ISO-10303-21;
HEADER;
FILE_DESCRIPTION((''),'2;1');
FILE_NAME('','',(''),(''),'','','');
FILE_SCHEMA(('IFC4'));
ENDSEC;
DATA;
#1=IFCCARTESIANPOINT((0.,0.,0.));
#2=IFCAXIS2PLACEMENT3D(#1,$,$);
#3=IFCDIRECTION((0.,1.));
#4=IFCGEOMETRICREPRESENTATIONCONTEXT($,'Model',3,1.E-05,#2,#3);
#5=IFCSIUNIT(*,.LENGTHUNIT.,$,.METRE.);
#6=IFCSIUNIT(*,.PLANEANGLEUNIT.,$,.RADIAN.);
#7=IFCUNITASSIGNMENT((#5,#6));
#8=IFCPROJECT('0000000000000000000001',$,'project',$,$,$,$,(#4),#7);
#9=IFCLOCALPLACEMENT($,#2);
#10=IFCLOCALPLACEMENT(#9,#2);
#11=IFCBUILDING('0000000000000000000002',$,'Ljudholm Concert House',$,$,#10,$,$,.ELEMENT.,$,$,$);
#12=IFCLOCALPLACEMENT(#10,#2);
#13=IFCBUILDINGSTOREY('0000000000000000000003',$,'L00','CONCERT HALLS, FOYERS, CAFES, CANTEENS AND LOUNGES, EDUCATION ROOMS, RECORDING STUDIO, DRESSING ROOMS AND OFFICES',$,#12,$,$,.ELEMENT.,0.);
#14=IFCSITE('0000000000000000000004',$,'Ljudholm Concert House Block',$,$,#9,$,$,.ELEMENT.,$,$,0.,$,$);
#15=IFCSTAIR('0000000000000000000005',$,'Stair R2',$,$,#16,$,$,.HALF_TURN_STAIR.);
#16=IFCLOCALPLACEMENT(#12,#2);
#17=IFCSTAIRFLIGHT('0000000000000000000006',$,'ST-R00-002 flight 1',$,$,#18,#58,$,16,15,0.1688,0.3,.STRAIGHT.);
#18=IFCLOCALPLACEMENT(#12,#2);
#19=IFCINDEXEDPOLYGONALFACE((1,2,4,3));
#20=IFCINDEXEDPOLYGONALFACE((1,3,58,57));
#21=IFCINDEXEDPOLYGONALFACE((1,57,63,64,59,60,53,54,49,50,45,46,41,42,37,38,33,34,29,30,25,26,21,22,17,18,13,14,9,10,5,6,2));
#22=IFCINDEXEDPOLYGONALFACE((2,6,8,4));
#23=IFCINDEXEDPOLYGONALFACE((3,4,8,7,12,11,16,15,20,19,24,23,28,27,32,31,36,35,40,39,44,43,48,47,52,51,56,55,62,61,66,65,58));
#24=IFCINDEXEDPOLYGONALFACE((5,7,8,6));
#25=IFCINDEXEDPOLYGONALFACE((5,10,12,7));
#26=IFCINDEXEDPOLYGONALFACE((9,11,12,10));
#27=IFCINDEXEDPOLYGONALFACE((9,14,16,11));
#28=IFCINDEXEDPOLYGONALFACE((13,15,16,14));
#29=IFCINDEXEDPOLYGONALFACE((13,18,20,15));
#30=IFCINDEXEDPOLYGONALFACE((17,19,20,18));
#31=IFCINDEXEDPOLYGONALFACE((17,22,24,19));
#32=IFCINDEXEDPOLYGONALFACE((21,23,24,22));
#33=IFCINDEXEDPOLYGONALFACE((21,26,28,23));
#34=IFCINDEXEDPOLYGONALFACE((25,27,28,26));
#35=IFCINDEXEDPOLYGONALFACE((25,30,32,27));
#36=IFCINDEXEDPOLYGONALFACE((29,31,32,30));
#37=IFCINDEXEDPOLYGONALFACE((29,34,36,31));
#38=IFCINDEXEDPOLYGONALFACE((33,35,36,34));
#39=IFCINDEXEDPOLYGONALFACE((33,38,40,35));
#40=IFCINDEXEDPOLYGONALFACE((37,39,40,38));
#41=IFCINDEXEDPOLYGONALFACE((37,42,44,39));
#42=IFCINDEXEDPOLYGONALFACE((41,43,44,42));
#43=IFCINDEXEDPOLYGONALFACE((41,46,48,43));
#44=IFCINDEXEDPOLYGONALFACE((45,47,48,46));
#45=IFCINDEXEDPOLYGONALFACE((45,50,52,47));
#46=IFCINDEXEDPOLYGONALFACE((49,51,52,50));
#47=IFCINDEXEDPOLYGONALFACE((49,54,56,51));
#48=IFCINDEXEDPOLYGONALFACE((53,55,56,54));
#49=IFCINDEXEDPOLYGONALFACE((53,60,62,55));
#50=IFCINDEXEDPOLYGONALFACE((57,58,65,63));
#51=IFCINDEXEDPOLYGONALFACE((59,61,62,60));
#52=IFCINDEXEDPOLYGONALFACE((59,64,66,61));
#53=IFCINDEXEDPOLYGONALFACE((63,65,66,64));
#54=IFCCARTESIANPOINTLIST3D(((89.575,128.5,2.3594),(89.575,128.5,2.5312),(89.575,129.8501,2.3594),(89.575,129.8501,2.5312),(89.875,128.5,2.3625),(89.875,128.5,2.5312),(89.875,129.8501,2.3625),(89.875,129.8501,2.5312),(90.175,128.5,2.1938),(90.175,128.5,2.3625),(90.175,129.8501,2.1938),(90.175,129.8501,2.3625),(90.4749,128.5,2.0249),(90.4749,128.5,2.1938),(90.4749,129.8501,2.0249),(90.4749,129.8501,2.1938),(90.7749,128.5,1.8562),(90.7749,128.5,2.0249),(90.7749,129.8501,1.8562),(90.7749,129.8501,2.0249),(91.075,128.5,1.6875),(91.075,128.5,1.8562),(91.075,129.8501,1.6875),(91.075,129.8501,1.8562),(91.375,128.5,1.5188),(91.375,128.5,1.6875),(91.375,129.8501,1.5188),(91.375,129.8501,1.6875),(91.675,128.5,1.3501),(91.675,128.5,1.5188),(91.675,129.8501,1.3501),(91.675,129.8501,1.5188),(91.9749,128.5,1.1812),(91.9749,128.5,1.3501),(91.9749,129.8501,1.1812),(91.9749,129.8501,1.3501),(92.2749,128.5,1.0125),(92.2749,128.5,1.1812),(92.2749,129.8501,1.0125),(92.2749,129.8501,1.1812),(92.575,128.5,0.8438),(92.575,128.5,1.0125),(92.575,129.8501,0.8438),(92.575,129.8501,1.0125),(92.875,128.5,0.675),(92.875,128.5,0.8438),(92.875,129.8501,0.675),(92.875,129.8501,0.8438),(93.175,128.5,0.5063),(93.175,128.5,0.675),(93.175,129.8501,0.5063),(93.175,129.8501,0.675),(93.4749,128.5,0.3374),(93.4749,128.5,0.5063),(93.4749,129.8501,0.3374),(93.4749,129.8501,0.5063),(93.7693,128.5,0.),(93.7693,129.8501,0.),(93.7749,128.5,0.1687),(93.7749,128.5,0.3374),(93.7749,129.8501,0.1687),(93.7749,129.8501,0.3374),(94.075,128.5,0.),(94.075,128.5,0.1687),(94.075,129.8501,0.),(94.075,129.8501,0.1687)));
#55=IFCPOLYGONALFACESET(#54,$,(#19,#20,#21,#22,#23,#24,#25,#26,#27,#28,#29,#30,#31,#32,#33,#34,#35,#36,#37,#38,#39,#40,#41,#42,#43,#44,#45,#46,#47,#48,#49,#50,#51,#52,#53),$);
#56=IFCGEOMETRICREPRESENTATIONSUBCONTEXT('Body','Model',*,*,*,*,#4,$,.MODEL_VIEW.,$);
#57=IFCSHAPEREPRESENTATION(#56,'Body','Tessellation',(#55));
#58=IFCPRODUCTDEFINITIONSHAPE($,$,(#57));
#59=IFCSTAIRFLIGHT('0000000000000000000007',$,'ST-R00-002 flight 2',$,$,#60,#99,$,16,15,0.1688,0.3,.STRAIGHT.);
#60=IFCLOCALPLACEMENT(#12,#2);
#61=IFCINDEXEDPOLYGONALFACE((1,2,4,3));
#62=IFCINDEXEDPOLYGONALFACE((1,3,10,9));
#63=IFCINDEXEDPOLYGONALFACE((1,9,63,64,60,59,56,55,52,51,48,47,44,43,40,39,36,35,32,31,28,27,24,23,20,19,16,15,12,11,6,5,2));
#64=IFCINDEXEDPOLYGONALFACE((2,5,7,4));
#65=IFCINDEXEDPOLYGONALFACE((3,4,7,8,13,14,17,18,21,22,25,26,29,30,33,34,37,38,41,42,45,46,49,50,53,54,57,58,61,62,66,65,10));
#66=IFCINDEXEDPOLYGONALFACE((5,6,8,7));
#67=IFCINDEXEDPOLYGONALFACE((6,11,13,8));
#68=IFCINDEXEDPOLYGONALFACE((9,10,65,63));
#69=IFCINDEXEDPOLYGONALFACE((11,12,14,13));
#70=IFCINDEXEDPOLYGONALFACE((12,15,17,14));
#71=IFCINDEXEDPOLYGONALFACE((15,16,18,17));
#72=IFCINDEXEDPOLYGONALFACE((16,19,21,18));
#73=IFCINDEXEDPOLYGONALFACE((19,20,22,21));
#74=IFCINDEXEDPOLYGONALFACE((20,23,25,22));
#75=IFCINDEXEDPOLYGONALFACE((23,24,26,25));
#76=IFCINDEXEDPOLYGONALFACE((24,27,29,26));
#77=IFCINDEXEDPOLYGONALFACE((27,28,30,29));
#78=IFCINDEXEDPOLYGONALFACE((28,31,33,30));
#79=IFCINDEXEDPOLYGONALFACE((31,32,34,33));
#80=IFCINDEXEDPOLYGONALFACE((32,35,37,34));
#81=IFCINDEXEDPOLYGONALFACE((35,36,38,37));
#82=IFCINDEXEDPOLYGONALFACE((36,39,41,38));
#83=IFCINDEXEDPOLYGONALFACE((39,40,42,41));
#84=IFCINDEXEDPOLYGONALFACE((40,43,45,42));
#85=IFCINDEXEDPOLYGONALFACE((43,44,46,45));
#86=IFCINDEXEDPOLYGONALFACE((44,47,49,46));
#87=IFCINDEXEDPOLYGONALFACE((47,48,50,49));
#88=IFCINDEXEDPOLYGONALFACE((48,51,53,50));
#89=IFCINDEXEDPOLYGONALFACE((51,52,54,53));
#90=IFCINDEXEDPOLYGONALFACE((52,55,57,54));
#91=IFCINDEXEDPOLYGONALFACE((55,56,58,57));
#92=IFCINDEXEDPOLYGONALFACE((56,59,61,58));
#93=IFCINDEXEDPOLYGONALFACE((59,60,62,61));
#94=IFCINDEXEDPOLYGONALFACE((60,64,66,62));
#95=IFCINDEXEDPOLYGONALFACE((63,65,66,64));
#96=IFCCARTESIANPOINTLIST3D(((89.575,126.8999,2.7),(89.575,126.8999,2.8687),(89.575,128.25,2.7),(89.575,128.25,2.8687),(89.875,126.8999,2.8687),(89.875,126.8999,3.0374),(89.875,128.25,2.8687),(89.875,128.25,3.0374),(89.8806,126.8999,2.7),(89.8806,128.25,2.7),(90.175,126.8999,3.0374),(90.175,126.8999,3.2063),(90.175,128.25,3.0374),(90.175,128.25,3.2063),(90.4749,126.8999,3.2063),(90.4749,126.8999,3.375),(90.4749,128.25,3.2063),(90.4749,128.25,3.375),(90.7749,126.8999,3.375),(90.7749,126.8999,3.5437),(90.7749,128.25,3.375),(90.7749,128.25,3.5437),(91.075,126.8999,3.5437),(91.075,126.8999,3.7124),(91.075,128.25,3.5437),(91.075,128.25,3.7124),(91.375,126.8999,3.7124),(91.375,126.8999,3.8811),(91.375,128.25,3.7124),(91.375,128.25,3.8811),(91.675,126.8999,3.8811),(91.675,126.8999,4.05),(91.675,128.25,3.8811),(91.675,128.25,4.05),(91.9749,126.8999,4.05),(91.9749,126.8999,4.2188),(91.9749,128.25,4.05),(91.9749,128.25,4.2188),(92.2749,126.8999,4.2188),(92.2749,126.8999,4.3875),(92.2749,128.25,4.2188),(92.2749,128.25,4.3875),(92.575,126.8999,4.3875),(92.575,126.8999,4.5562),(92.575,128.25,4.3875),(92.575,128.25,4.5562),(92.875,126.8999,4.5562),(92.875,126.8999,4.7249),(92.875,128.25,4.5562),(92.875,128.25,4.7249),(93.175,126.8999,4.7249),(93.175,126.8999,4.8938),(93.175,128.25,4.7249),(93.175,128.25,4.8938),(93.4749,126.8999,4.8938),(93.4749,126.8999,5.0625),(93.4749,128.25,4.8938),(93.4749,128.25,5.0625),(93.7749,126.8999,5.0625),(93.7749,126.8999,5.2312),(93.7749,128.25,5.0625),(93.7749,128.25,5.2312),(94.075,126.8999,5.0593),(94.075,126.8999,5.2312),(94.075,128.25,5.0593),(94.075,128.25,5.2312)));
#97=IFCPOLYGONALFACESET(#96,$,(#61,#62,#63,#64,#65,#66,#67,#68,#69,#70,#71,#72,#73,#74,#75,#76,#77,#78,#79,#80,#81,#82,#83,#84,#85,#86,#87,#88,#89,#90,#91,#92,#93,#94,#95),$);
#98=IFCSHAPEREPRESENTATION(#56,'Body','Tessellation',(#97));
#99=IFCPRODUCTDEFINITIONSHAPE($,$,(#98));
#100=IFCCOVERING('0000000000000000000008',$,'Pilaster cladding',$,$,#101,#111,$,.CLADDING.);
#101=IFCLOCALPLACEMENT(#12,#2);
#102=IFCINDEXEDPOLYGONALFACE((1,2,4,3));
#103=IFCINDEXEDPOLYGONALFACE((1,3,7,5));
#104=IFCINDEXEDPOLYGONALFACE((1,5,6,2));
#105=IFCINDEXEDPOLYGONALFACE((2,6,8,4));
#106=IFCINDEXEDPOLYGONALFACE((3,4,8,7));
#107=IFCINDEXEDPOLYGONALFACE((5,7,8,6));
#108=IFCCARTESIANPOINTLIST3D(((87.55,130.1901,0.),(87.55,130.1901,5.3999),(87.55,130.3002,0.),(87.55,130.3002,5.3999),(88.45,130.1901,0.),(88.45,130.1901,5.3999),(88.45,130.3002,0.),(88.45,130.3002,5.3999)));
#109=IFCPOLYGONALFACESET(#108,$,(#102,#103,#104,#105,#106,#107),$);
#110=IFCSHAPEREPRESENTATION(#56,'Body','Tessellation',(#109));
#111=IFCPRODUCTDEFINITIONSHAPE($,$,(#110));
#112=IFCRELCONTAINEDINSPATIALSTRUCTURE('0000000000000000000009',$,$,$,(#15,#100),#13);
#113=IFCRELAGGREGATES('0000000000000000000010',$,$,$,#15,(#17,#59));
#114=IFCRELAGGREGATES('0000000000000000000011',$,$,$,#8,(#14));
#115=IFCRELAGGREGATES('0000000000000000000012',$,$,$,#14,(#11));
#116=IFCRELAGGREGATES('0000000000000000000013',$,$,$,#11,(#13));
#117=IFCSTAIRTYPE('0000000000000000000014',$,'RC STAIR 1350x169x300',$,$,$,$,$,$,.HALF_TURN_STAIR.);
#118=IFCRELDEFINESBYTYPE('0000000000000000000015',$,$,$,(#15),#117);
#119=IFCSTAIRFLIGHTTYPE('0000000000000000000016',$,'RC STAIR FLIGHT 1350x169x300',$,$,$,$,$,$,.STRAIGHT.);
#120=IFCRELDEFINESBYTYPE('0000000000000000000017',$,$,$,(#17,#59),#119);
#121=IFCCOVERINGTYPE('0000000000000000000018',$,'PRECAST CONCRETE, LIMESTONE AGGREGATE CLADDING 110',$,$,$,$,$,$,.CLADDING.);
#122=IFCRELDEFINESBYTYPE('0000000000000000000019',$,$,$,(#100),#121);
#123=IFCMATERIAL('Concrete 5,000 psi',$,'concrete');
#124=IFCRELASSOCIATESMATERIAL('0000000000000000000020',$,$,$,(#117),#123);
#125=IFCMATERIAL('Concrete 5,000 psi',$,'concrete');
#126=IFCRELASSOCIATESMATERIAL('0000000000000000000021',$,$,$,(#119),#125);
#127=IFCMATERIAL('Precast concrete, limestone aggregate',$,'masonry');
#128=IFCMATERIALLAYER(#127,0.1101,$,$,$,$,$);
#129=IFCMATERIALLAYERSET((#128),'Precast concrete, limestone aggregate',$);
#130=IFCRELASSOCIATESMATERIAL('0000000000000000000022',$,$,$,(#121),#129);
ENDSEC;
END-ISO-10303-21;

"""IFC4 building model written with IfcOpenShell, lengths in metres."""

from ifc_helpers import new_model, si_unit, direction, frame, origin, origin_2d, place, context, subcontext, project, spatial, polyline, rectangle, outline, extrude, material, layer, layer_set, type_object, element, aggregate, save


model = new_model("IFC4")

# Units and contexts
model_context = context("Model", 3, precision=1e-05, world=origin(), true_north=direction((0.0, 1.0)))
body_context = subcontext(model_context, "Body", "Model", "MODEL_VIEW")
ifc_project = project(units=[si_unit("LENGTHUNIT", "METRE"), si_unit("PLANEANGLEUNIT", "RADIAN")], contexts=[model_context])

# Site, building, storey
site_placement = place(None, origin())
site = spatial("IfcSite", under=ifc_project, at=site_placement, Name="Ljudholm Concert House Block", CompositionType="ELEMENT", RefElevation=0.0)
building_placement = place(site_placement, origin())
building = spatial("IfcBuilding", under=site, at=building_placement, Name="Ljudholm Concert House", CompositionType="ELEMENT")
storey_placement = place(building_placement, origin())
storey = spatial("IfcBuildingStorey", under=building, at=storey_placement, Name="L00", Description="CONCERT HALLS, FOYERS, CAFES, CANTEENS AND LOUNGES, EDUCATION ROOMS, RECORDING STUDIO, DRESSING ROOMS AND OFFICES", CompositionType="ELEMENT", Elevation=0.0)

# Stair, stair flights
ifc_material_1 = material(Name="Concrete 5,000 psi", Category="concrete")
stair_type = type_object("IfcStairType", Name="RC STAIR 1350x169x300", PredefinedType="HALF_TURN_STAIR", material=ifc_material_1)
stair_placement = place(storey_placement, origin())
stair = element("IfcStair", 1, at=stair_placement, inside=storey, type_object=stair_type, Name="Stair R2", PredefinedType="HALF_TURN_STAIR")
ifc_material_2 = material(Name="Concrete 5,000 psi", Category="concrete")
stair_flight_type = type_object("IfcStairFlightType", Name="RC STAIR FLIGHT 1350x169x300", PredefinedType="STRAIGHT", material=ifc_material_2)
stair_flight_1_placement = place(storey_placement, frame((94.075, 129.175, 0.0), z_axis=(0.0, 0.0, 1.0), x_axis=(-1.0, 0.0, 0.0)))
stair_flight_1 = element("IfcStairFlight", 2, at=stair_flight_1_placement, type_object=stair_flight_type, Name="ST-R00-002 flight 1", NumberOfRisers=16, NumberOfTreads=15, PredefinedType="STRAIGHT", RiserHeight=0.1688, TreadLength=0.3, context=body_context, shape_type="SweptSolid", body=[
    extrude(outline(polyline([(0.0, 0.0), (0.0, 0.1687), (0.3, 0.1687), (0.3, 0.3374), (0.6001, 0.3374), (0.6001, 0.5063), (0.8999, 0.5063), (0.8999, 0.675), (1.2, 0.675), (1.2, 0.8438), (1.5, 0.8438), (1.5, 1.0125), (1.8, 1.0125), (1.8, 1.1812), (2.1001, 1.1812), (2.1001, 1.3501), (2.3999, 1.3501), (2.3999, 1.5188), (2.7, 1.5188), (2.7, 1.6875), (3.0, 1.6875), (3.0, 1.8562), (3.3, 1.8562), (3.3, 2.0249), (3.6001, 2.0249), (3.6001, 2.1938), (3.8999, 2.1938), (3.8999, 2.3625), (4.2, 2.3625), (4.2, 2.5312), (4.5, 2.5312), (4.5, 2.7), (4.5, 2.3594), (0.3057, 0.0), (0.0, 0.0)])), frame((0.0, 0.675, 0.0), z_axis=(0.0, -1.0, 0.0), x_axis=(1.0, 0.0, 0.0)), (0.0, 0.0, 1.0), 1.3501),
])
stair_flight_2_placement = place(storey_placement, frame((89.575, 127.575, 2.7), z_axis=(0.0, 0.0, 1.0), x_axis=(1.0, 0.0, 0.0)))
stair_flight_2 = element("IfcStairFlight", 3, at=stair_flight_2_placement, type_object=stair_flight_type, Name="ST-R00-002 flight 2", NumberOfRisers=16, NumberOfTreads=15, PredefinedType="STRAIGHT", RiserHeight=0.1688, TreadLength=0.3, context=body_context, shape_type="SweptSolid", body=[
    extrude(outline(polyline([(0.0, 0.0), (0.0, 0.1687), (0.3, 0.1687), (0.3, 0.3374), (0.6001, 0.3374), (0.6001, 0.5063), (0.8999, 0.5063), (0.8999, 0.675), (1.2, 0.675), (1.2, 0.8438), (1.5, 0.8438), (1.5, 1.0125), (1.8, 1.0125), (1.8, 1.1812), (2.1001, 1.1812), (2.1001, 1.3501), (2.3999, 1.3501), (2.3999, 1.5188), (2.7, 1.5188), (2.7, 1.6875), (3.0, 1.6875), (3.0, 1.8562), (3.3, 1.8562), (3.3, 2.0249), (3.6001, 2.0249), (3.6001, 2.1938), (3.8999, 2.1938), (3.8999, 2.3625), (4.2, 2.3625), (4.2, 2.5312), (4.5, 2.5312), (4.5, 2.7), (4.5, 2.3594), (0.3057, 0.0), (0.0, 0.0)])), frame((0.0, 0.675, 0.0), z_axis=(0.0, -1.0, 0.0), x_axis=(1.0, 0.0, 0.0)), (0.0, 0.0, 1.0), 1.3501),
])
aggregate(stair, [stair_flight_1, stair_flight_2])

# Covering
ifc_material_3 = material(Name="Precast concrete, limestone aggregate", Category="masonry")
ifc_layer_1 = layer(ifc_material_3, 0.1101)
ifc_layer_set_1 = layer_set([ifc_layer_1], Name="Precast concrete, limestone aggregate")
covering_type = type_object("IfcCoveringType", Name="PRECAST CONCRETE, LIMESTONE AGGREGATE CLADDING 110", PredefinedType="CLADDING", material=ifc_layer_set_1)
covering_placement = place(storey_placement, frame((88.0, 130.2451, 0.0), z_axis=(0.0, 0.0, 1.0), x_axis=(0.0, 1.0, 0.0)))
element("IfcCovering", 4, at=covering_placement, inside=storey, type_object=covering_type, Name="Pilaster cladding", PredefinedType="CLADDING", context=body_context, shape_type="SweptSolid", body=[
    extrude(rectangle(XDim=0.1101, YDim=0.8999, at=origin_2d()), origin(), (0.0, 0.0, 1.0), 5.3999),
])

save(model, "model.ifc")
